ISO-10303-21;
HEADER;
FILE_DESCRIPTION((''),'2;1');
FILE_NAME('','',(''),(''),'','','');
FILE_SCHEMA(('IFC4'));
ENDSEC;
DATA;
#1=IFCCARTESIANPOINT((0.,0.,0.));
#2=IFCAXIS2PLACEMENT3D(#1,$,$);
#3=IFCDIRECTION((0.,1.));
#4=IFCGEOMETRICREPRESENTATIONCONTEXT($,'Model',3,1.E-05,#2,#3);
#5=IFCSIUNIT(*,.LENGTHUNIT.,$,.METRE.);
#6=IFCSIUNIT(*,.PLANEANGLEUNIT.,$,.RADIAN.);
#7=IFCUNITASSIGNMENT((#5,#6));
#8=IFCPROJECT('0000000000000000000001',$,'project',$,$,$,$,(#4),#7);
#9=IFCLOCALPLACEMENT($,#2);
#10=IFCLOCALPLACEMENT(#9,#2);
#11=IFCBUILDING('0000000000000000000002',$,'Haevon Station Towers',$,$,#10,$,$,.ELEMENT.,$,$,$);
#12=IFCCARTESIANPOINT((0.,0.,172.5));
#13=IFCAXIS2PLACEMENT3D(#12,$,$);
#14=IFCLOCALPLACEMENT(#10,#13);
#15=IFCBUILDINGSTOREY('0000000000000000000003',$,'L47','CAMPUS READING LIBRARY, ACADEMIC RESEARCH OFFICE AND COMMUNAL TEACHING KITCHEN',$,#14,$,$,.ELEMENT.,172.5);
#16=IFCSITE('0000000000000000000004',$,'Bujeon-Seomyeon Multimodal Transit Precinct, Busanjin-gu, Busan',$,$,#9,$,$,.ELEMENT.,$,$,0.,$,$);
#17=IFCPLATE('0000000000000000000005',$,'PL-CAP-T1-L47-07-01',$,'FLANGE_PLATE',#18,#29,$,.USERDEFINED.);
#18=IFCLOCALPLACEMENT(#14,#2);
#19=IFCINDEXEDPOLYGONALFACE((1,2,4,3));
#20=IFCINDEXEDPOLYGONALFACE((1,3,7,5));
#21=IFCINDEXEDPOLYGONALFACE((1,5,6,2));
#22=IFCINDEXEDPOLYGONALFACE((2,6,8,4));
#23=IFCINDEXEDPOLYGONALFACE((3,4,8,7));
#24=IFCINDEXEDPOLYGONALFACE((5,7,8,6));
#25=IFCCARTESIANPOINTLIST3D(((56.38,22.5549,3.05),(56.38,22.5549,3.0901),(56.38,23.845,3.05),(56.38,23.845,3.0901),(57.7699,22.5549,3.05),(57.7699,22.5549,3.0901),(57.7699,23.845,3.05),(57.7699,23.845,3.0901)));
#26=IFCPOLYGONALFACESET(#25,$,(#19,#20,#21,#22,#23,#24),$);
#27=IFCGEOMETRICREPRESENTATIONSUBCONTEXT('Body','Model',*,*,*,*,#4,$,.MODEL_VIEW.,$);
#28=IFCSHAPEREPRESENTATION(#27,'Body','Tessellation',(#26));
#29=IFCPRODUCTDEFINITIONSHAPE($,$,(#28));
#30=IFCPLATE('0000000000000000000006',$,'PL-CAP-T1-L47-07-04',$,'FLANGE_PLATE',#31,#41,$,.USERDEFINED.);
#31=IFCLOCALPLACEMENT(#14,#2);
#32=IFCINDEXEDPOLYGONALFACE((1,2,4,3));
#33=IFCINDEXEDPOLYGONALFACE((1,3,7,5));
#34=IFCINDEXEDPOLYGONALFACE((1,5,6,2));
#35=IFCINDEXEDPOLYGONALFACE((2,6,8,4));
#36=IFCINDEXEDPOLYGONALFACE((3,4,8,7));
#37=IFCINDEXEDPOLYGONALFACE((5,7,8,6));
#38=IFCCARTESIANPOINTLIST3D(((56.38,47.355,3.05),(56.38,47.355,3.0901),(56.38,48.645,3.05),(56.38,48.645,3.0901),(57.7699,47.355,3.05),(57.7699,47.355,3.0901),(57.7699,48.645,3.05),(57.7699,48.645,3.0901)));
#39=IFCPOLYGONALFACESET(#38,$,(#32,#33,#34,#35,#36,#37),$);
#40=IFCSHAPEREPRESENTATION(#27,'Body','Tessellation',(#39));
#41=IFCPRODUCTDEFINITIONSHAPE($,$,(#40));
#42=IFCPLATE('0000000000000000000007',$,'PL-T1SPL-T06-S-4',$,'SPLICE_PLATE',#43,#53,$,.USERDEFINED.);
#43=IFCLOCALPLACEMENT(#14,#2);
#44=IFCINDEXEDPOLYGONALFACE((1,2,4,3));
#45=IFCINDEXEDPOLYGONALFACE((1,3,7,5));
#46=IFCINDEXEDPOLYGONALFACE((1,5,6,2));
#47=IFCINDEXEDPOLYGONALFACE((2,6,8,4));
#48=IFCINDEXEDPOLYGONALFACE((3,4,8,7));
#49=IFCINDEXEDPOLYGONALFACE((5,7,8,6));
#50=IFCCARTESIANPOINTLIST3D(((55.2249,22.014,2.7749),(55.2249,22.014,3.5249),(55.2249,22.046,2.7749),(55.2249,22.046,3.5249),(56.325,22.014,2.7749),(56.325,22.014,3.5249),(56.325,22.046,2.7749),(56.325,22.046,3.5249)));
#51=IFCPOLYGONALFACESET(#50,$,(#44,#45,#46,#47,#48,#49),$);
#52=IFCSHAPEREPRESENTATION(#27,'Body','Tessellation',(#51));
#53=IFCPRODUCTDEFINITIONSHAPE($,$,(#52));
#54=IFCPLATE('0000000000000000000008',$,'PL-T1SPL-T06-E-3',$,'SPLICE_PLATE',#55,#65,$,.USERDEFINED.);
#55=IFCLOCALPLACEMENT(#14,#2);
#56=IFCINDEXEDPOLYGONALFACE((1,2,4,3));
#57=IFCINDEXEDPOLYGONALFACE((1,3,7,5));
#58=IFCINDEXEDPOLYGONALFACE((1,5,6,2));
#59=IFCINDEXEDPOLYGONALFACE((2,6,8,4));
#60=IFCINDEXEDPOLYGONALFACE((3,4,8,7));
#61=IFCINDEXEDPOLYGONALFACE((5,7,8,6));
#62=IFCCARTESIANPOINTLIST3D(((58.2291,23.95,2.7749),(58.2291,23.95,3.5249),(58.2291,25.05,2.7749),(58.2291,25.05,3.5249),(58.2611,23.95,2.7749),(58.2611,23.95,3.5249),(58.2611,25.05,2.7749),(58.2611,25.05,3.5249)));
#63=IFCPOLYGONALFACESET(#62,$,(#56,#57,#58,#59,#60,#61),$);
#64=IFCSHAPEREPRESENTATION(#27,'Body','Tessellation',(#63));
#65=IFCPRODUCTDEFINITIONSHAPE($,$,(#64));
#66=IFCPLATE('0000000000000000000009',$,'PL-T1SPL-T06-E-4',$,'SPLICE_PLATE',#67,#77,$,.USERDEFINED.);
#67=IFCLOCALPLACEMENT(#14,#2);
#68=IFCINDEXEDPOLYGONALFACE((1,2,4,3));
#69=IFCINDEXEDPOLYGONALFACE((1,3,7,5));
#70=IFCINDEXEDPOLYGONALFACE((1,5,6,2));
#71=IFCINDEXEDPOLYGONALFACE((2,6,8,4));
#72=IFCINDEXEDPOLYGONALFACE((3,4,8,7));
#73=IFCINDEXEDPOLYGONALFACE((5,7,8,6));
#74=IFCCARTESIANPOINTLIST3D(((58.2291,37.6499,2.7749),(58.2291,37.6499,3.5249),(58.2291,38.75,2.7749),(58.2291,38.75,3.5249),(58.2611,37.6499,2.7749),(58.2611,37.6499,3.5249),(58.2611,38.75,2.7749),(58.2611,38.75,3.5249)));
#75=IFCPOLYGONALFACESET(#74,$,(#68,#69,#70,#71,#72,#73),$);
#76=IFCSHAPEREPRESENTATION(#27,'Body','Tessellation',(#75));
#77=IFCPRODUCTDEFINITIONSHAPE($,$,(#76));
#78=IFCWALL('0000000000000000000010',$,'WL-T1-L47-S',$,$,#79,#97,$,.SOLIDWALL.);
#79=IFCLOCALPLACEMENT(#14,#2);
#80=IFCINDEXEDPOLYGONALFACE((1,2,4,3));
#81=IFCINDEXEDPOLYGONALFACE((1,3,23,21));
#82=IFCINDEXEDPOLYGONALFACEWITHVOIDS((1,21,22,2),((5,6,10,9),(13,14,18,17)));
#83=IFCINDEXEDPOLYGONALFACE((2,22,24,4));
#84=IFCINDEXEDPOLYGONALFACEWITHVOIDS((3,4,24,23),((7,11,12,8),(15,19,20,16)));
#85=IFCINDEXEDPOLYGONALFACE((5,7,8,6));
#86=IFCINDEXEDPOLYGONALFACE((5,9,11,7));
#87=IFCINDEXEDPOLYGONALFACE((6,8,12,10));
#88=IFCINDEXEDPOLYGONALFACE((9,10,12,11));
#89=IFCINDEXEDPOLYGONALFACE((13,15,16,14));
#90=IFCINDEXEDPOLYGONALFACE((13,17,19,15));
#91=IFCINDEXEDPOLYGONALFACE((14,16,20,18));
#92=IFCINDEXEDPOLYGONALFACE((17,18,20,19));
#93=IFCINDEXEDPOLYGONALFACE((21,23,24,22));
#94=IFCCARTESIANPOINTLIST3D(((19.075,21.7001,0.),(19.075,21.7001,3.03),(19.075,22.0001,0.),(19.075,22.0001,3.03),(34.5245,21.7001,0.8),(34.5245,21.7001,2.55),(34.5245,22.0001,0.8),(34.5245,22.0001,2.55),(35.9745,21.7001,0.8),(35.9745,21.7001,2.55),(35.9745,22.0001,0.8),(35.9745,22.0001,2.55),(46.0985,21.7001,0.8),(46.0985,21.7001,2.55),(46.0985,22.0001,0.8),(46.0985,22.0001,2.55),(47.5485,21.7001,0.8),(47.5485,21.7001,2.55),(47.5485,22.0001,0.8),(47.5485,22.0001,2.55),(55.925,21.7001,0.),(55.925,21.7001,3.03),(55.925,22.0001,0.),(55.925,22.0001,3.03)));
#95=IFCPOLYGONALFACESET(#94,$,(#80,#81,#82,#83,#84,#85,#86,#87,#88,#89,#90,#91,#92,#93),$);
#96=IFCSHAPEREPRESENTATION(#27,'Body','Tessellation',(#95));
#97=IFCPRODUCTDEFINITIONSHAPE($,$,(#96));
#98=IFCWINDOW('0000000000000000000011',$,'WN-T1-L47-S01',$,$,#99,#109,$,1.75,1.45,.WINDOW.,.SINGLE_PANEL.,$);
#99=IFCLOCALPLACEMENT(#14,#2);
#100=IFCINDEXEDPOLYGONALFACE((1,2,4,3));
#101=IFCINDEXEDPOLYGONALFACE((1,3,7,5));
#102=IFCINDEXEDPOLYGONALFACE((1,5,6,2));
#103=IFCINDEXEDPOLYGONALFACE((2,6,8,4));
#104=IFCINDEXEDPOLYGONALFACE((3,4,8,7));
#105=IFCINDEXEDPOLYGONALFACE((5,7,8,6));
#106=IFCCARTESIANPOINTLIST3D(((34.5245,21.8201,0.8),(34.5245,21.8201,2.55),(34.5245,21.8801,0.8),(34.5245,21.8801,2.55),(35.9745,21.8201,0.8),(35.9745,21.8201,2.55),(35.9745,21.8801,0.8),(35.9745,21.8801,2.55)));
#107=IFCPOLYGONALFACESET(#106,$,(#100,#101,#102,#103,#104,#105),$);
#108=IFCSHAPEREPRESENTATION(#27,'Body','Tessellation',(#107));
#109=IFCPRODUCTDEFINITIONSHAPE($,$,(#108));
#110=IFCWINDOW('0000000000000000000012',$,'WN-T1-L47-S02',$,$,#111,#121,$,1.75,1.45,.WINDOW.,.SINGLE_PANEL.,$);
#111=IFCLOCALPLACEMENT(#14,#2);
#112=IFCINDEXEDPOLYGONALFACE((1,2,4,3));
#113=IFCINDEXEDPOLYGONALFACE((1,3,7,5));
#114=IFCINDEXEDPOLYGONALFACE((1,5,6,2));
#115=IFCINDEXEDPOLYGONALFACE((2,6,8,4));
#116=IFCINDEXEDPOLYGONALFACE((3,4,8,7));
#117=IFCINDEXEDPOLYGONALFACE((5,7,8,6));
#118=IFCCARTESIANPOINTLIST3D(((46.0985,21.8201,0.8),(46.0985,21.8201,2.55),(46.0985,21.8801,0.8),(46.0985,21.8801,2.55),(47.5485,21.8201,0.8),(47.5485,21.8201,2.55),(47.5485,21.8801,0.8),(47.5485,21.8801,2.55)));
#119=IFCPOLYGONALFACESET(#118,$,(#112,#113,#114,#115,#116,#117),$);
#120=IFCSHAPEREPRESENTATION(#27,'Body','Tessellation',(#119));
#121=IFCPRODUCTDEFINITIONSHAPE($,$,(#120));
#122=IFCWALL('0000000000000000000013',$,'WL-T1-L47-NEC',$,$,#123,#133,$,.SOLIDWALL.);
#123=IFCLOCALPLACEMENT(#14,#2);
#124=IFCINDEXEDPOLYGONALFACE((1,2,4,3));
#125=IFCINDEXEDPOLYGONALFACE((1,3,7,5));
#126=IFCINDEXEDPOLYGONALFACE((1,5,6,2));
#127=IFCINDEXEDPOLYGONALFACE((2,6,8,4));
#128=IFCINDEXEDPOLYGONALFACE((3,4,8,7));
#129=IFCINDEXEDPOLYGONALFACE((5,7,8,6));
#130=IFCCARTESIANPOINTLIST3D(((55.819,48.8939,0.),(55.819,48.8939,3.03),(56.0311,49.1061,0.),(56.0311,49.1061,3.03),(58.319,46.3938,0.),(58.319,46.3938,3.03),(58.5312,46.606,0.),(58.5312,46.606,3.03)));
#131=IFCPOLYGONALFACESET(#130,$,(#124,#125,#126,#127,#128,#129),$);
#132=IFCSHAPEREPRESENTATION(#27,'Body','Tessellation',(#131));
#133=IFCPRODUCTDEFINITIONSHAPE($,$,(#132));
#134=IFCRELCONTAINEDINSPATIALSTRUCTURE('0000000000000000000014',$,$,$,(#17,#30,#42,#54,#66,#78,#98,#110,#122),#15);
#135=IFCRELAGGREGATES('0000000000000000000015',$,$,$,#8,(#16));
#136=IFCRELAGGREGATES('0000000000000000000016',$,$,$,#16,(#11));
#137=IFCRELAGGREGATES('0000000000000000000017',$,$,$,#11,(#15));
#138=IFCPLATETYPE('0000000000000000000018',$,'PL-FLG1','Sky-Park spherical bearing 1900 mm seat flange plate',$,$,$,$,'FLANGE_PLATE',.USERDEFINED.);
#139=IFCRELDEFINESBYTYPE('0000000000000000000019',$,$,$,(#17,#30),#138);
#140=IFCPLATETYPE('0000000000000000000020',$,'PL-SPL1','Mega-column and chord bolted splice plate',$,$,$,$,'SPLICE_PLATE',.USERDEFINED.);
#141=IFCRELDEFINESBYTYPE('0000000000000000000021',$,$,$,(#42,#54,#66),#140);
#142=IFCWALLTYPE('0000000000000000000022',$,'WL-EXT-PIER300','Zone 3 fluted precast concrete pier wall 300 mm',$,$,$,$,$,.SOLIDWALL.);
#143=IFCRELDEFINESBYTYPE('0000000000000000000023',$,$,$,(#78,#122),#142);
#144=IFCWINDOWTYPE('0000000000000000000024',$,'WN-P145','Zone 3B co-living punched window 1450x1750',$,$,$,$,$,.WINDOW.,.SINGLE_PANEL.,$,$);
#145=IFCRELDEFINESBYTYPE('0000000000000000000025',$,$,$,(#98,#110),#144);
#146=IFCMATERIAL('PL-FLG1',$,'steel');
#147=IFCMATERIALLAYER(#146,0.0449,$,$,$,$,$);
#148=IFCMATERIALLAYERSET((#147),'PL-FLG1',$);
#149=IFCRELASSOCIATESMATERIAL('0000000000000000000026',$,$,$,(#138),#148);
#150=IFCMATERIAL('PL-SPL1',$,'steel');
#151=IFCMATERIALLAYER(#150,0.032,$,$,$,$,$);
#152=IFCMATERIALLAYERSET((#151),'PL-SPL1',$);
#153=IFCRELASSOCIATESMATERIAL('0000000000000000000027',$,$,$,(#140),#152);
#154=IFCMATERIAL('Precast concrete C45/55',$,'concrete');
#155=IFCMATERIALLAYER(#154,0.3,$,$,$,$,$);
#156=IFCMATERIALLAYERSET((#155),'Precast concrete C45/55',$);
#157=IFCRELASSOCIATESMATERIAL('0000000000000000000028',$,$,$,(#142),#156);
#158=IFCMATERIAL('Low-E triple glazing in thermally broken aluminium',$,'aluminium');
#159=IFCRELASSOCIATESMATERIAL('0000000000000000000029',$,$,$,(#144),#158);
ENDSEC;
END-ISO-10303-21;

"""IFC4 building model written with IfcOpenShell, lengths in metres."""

from ifc_helpers import new_model, si_unit, direction, frame, frame_2d, origin, origin_2d, place, context, subcontext, project, spatial, rectangle, extrude, material, layer, layer_set, type_object, element, fill, save


model = new_model("IFC4")

# Units and contexts
model_context = context("Model", 3, precision=1e-05, world=origin(), true_north=direction((0.0, 1.0)))
body_context = subcontext(model_context, "Body", "Model", "MODEL_VIEW")
ifc_project = project(units=[si_unit("LENGTHUNIT", "METRE"), si_unit("PLANEANGLEUNIT", "RADIAN")], contexts=[model_context])

# Site, building, storey
site_placement = place(None, origin())
site = spatial("IfcSite", under=ifc_project, at=site_placement, Name="Bujeon-Seomyeon Multimodal Transit Precinct, Busanjin-gu, Busan", CompositionType="ELEMENT", RefElevation=0.0)
building_placement = place(site_placement, origin())
building = spatial("IfcBuilding", under=site, at=building_placement, Name="Haevon Station Towers", CompositionType="ELEMENT")
storey_placement = place(building_placement, frame((0.0, 0.0, 172.5)))
storey = spatial("IfcBuildingStorey", under=building, at=storey_placement, Name="L47", Description="CAMPUS READING LIBRARY, ACADEMIC RESEARCH OFFICE AND COMMUNAL TEACHING KITCHEN", CompositionType="ELEMENT", Elevation=172.5)

# Plates
ifc_material_1 = material(Name="PL-FLG1", Category="steel")
ifc_layer_1 = layer(ifc_material_1, 0.0449)
ifc_layer_set_1 = layer_set([ifc_layer_1], Name="PL-FLG1")
plate_type_1 = type_object("IfcPlateType", Name="PL-FLG1", Description="Sky-Park spherical bearing 1900 mm seat flange plate", ElementType="FLANGE_PLATE", PredefinedType="USERDEFINED", material=ifc_layer_set_1)
for number, where, z_axis, x_axis, name in (
    (1, (57.075, 23.2, 3.05), (0.0, 0.0, 1.0), (1.0, 0.0, 0.0), "PL-CAP-T1-L47-07-01"),
    (2, (57.075, 48.0, 3.05), (0.0, 0.0, 1.0), (1.0, 0.0, 0.0), "PL-CAP-T1-L47-07-04"),
):
    element("IfcPlate", number, at=place(storey_placement, frame(where, z_axis=z_axis, x_axis=x_axis)), inside=storey, type_object=plate_type_1, Name=name, ObjectType="FLANGE_PLATE", PredefinedType="USERDEFINED", context=body_context, shape_type="SweptSolid", body=[
        extrude(rectangle(XDim=1.3899, YDim=1.29, at=origin_2d()), origin(), (0.0, 0.0, 1.0), 0.04),
    ])
ifc_material_2 = material(Name="PL-SPL1", Category="steel")
ifc_layer_2 = layer(ifc_material_2, 0.032)
ifc_layer_set_2 = layer_set([ifc_layer_2], Name="PL-SPL1")
plate_type_2 = type_object("IfcPlateType", Name="PL-SPL1", Description="Mega-column and chord bolted splice plate", ElementType="SPLICE_PLATE", PredefinedType="USERDEFINED", material=ifc_layer_set_2)
for number, where, z_axis, x_axis, name in (
    (3, (55.7749, 22.03, 2.7749), (0.0, 0.0, 1.0), (1.0, 0.0, 0.0), "PL-T1SPL-T06-S-4"),
    (4, (58.2451, 24.5, 2.7749), (0.0, 0.0, 1.0), (0.0, 1.0, 0.0), "PL-T1SPL-T06-E-3"),
    (5, (58.2451, 38.2, 2.7749), (0.0, 0.0, 1.0), (0.0, 1.0, 0.0), "PL-T1SPL-T06-E-4"),
):
    element("IfcPlate", number, at=place(storey_placement, frame(where, z_axis=z_axis, x_axis=x_axis)), inside=storey, type_object=plate_type_2, Name=name, ObjectType="SPLICE_PLATE", PredefinedType="USERDEFINED", context=body_context, shape_type="SweptSolid", body=[
        extrude(rectangle(XDim=1.1001, YDim=0.032, at=origin_2d()), origin(), (0.0, 0.0, 1.0), 0.75),
    ])

# Wall, openings, windows
ifc_material_3 = material(Name="Precast concrete C45/55", Category="concrete")
ifc_layer_3 = layer(ifc_material_3, 0.3)
ifc_layer_set_3 = layer_set([ifc_layer_3], Name="Precast concrete C45/55")
wall_type_1 = type_object("IfcWallType", Name="WL-EXT-PIER300", Description="Zone 3 fluted precast concrete pier wall 300 mm", PredefinedType="SOLIDWALL", material=ifc_layer_set_3)
wall_1_placement = place(storey_placement, frame((55.925, 21.8501, 0.0), z_axis=(0.0, 0.0, 1.0), x_axis=(-1.0, 0.0, 0.0)))
wall_1 = element("IfcWall", 6, at=wall_1_placement, inside=storey, type_object=wall_type_1, Name="WL-T1-L47-S", PredefinedType="SOLIDWALL", context=body_context, shape_type="SweptSolid", body=[
    extrude(rectangle(XDim=36.8501, YDim=0.3, at=frame_2d((18.425, 0.0))), origin(), (0.0, 0.0, 1.0), 3.03),
])
opening_1_placement = place(wall_1_placement, frame((19.9504, 0.0, 0.8)))
opening_1 = element("IfcOpeningElement", 7, at=opening_1_placement, cuts=wall_1, PredefinedType="OPENING", context=body_context, shape_type="SweptSolid", body=[
    extrude(rectangle(XDim=1.45, YDim=1.75, at=frame_2d((0.7251, 0.875))), frame((0.0, 0.1599, 0.0), z_axis=(0.0, -1.0, 0.0), x_axis=(1.0, 0.0, 0.0)), (0.0, 0.0, 1.0), 0.3201),
])
opening_2_placement = place(wall_1_placement, frame((8.3765, 0.0, 0.8)))
opening_2 = element("IfcOpeningElement", 8, at=opening_2_placement, cuts=wall_1, PredefinedType="OPENING", context=body_context, shape_type="SweptSolid", body=[
    extrude(rectangle(XDim=1.45, YDim=1.75, at=frame_2d((0.7251, 0.875))), frame((0.0, 0.1599, 0.0), z_axis=(0.0, -1.0, 0.0), x_axis=(1.0, 0.0, 0.0)), (0.0, 0.0, 1.0), 0.3201),
])
ifc_material_4 = material(Name="Low-E triple glazing in thermally broken aluminium", Category="aluminium")
window_type_1 = type_object("IfcWindowType", Name="WN-P145", Description="Zone 3B co-living punched window 1450x1750", PartitioningType="SINGLE_PANEL", PredefinedType="WINDOW", material=ifc_material_4)
window_1_placement = place(opening_1_placement, origin())
window_1 = element("IfcWindow", 9, at=window_1_placement, inside=storey, type_object=window_type_1, Name="WN-T1-L47-S01", OverallHeight=1.75, OverallWidth=1.45, PartitioningType="SINGLE_PANEL", PredefinedType="WINDOW", context=body_context, shape_type="SweptSolid", body=[
    extrude(rectangle(XDim=1.45, YDim=1.75, at=frame_2d((0.7251, 0.875))), frame((0.0, 0.03, 0.0), z_axis=(0.0, -1.0, 0.0), x_axis=(1.0, 0.0, 0.0)), (0.0, 0.0, 1.0), 0.0601),
])
fill(opening_1, window_1)
window_2_placement = place(opening_2_placement, origin())
window_2 = element("IfcWindow", 10, at=window_2_placement, inside=storey, type_object=window_type_1, Name="WN-T1-L47-S02", OverallHeight=1.75, OverallWidth=1.45, PartitioningType="SINGLE_PANEL", PredefinedType="WINDOW", context=body_context, shape_type="SweptSolid", body=[
    extrude(rectangle(XDim=1.45, YDim=1.75, at=frame_2d((0.7251, 0.875))), frame((0.0, 0.03, 0.0), z_axis=(0.0, -1.0, 0.0), x_axis=(1.0, 0.0, 0.0)), (0.0, 0.0, 1.0), 0.0601),
])
fill(opening_2, window_2)

# Wall
wall_2_placement = place(storey_placement, frame((55.925, 49.0, 0.0), z_axis=(0.0, 0.0, 1.0), x_axis=(0.707107, -0.707107, 0.0)))
element("IfcWall", 11, at=wall_2_placement, inside=storey, type_object=wall_type_1, Name="WL-T1-L47-NEC", PredefinedType="SOLIDWALL", context=body_context, shape_type="SweptSolid", body=[
    extrude(rectangle(XDim=3.5356, YDim=0.3, at=frame_2d((1.7678, 0.0))), origin(), (0.0, 0.0, 1.0), 3.03),
])

save(model, "model.ifc")
